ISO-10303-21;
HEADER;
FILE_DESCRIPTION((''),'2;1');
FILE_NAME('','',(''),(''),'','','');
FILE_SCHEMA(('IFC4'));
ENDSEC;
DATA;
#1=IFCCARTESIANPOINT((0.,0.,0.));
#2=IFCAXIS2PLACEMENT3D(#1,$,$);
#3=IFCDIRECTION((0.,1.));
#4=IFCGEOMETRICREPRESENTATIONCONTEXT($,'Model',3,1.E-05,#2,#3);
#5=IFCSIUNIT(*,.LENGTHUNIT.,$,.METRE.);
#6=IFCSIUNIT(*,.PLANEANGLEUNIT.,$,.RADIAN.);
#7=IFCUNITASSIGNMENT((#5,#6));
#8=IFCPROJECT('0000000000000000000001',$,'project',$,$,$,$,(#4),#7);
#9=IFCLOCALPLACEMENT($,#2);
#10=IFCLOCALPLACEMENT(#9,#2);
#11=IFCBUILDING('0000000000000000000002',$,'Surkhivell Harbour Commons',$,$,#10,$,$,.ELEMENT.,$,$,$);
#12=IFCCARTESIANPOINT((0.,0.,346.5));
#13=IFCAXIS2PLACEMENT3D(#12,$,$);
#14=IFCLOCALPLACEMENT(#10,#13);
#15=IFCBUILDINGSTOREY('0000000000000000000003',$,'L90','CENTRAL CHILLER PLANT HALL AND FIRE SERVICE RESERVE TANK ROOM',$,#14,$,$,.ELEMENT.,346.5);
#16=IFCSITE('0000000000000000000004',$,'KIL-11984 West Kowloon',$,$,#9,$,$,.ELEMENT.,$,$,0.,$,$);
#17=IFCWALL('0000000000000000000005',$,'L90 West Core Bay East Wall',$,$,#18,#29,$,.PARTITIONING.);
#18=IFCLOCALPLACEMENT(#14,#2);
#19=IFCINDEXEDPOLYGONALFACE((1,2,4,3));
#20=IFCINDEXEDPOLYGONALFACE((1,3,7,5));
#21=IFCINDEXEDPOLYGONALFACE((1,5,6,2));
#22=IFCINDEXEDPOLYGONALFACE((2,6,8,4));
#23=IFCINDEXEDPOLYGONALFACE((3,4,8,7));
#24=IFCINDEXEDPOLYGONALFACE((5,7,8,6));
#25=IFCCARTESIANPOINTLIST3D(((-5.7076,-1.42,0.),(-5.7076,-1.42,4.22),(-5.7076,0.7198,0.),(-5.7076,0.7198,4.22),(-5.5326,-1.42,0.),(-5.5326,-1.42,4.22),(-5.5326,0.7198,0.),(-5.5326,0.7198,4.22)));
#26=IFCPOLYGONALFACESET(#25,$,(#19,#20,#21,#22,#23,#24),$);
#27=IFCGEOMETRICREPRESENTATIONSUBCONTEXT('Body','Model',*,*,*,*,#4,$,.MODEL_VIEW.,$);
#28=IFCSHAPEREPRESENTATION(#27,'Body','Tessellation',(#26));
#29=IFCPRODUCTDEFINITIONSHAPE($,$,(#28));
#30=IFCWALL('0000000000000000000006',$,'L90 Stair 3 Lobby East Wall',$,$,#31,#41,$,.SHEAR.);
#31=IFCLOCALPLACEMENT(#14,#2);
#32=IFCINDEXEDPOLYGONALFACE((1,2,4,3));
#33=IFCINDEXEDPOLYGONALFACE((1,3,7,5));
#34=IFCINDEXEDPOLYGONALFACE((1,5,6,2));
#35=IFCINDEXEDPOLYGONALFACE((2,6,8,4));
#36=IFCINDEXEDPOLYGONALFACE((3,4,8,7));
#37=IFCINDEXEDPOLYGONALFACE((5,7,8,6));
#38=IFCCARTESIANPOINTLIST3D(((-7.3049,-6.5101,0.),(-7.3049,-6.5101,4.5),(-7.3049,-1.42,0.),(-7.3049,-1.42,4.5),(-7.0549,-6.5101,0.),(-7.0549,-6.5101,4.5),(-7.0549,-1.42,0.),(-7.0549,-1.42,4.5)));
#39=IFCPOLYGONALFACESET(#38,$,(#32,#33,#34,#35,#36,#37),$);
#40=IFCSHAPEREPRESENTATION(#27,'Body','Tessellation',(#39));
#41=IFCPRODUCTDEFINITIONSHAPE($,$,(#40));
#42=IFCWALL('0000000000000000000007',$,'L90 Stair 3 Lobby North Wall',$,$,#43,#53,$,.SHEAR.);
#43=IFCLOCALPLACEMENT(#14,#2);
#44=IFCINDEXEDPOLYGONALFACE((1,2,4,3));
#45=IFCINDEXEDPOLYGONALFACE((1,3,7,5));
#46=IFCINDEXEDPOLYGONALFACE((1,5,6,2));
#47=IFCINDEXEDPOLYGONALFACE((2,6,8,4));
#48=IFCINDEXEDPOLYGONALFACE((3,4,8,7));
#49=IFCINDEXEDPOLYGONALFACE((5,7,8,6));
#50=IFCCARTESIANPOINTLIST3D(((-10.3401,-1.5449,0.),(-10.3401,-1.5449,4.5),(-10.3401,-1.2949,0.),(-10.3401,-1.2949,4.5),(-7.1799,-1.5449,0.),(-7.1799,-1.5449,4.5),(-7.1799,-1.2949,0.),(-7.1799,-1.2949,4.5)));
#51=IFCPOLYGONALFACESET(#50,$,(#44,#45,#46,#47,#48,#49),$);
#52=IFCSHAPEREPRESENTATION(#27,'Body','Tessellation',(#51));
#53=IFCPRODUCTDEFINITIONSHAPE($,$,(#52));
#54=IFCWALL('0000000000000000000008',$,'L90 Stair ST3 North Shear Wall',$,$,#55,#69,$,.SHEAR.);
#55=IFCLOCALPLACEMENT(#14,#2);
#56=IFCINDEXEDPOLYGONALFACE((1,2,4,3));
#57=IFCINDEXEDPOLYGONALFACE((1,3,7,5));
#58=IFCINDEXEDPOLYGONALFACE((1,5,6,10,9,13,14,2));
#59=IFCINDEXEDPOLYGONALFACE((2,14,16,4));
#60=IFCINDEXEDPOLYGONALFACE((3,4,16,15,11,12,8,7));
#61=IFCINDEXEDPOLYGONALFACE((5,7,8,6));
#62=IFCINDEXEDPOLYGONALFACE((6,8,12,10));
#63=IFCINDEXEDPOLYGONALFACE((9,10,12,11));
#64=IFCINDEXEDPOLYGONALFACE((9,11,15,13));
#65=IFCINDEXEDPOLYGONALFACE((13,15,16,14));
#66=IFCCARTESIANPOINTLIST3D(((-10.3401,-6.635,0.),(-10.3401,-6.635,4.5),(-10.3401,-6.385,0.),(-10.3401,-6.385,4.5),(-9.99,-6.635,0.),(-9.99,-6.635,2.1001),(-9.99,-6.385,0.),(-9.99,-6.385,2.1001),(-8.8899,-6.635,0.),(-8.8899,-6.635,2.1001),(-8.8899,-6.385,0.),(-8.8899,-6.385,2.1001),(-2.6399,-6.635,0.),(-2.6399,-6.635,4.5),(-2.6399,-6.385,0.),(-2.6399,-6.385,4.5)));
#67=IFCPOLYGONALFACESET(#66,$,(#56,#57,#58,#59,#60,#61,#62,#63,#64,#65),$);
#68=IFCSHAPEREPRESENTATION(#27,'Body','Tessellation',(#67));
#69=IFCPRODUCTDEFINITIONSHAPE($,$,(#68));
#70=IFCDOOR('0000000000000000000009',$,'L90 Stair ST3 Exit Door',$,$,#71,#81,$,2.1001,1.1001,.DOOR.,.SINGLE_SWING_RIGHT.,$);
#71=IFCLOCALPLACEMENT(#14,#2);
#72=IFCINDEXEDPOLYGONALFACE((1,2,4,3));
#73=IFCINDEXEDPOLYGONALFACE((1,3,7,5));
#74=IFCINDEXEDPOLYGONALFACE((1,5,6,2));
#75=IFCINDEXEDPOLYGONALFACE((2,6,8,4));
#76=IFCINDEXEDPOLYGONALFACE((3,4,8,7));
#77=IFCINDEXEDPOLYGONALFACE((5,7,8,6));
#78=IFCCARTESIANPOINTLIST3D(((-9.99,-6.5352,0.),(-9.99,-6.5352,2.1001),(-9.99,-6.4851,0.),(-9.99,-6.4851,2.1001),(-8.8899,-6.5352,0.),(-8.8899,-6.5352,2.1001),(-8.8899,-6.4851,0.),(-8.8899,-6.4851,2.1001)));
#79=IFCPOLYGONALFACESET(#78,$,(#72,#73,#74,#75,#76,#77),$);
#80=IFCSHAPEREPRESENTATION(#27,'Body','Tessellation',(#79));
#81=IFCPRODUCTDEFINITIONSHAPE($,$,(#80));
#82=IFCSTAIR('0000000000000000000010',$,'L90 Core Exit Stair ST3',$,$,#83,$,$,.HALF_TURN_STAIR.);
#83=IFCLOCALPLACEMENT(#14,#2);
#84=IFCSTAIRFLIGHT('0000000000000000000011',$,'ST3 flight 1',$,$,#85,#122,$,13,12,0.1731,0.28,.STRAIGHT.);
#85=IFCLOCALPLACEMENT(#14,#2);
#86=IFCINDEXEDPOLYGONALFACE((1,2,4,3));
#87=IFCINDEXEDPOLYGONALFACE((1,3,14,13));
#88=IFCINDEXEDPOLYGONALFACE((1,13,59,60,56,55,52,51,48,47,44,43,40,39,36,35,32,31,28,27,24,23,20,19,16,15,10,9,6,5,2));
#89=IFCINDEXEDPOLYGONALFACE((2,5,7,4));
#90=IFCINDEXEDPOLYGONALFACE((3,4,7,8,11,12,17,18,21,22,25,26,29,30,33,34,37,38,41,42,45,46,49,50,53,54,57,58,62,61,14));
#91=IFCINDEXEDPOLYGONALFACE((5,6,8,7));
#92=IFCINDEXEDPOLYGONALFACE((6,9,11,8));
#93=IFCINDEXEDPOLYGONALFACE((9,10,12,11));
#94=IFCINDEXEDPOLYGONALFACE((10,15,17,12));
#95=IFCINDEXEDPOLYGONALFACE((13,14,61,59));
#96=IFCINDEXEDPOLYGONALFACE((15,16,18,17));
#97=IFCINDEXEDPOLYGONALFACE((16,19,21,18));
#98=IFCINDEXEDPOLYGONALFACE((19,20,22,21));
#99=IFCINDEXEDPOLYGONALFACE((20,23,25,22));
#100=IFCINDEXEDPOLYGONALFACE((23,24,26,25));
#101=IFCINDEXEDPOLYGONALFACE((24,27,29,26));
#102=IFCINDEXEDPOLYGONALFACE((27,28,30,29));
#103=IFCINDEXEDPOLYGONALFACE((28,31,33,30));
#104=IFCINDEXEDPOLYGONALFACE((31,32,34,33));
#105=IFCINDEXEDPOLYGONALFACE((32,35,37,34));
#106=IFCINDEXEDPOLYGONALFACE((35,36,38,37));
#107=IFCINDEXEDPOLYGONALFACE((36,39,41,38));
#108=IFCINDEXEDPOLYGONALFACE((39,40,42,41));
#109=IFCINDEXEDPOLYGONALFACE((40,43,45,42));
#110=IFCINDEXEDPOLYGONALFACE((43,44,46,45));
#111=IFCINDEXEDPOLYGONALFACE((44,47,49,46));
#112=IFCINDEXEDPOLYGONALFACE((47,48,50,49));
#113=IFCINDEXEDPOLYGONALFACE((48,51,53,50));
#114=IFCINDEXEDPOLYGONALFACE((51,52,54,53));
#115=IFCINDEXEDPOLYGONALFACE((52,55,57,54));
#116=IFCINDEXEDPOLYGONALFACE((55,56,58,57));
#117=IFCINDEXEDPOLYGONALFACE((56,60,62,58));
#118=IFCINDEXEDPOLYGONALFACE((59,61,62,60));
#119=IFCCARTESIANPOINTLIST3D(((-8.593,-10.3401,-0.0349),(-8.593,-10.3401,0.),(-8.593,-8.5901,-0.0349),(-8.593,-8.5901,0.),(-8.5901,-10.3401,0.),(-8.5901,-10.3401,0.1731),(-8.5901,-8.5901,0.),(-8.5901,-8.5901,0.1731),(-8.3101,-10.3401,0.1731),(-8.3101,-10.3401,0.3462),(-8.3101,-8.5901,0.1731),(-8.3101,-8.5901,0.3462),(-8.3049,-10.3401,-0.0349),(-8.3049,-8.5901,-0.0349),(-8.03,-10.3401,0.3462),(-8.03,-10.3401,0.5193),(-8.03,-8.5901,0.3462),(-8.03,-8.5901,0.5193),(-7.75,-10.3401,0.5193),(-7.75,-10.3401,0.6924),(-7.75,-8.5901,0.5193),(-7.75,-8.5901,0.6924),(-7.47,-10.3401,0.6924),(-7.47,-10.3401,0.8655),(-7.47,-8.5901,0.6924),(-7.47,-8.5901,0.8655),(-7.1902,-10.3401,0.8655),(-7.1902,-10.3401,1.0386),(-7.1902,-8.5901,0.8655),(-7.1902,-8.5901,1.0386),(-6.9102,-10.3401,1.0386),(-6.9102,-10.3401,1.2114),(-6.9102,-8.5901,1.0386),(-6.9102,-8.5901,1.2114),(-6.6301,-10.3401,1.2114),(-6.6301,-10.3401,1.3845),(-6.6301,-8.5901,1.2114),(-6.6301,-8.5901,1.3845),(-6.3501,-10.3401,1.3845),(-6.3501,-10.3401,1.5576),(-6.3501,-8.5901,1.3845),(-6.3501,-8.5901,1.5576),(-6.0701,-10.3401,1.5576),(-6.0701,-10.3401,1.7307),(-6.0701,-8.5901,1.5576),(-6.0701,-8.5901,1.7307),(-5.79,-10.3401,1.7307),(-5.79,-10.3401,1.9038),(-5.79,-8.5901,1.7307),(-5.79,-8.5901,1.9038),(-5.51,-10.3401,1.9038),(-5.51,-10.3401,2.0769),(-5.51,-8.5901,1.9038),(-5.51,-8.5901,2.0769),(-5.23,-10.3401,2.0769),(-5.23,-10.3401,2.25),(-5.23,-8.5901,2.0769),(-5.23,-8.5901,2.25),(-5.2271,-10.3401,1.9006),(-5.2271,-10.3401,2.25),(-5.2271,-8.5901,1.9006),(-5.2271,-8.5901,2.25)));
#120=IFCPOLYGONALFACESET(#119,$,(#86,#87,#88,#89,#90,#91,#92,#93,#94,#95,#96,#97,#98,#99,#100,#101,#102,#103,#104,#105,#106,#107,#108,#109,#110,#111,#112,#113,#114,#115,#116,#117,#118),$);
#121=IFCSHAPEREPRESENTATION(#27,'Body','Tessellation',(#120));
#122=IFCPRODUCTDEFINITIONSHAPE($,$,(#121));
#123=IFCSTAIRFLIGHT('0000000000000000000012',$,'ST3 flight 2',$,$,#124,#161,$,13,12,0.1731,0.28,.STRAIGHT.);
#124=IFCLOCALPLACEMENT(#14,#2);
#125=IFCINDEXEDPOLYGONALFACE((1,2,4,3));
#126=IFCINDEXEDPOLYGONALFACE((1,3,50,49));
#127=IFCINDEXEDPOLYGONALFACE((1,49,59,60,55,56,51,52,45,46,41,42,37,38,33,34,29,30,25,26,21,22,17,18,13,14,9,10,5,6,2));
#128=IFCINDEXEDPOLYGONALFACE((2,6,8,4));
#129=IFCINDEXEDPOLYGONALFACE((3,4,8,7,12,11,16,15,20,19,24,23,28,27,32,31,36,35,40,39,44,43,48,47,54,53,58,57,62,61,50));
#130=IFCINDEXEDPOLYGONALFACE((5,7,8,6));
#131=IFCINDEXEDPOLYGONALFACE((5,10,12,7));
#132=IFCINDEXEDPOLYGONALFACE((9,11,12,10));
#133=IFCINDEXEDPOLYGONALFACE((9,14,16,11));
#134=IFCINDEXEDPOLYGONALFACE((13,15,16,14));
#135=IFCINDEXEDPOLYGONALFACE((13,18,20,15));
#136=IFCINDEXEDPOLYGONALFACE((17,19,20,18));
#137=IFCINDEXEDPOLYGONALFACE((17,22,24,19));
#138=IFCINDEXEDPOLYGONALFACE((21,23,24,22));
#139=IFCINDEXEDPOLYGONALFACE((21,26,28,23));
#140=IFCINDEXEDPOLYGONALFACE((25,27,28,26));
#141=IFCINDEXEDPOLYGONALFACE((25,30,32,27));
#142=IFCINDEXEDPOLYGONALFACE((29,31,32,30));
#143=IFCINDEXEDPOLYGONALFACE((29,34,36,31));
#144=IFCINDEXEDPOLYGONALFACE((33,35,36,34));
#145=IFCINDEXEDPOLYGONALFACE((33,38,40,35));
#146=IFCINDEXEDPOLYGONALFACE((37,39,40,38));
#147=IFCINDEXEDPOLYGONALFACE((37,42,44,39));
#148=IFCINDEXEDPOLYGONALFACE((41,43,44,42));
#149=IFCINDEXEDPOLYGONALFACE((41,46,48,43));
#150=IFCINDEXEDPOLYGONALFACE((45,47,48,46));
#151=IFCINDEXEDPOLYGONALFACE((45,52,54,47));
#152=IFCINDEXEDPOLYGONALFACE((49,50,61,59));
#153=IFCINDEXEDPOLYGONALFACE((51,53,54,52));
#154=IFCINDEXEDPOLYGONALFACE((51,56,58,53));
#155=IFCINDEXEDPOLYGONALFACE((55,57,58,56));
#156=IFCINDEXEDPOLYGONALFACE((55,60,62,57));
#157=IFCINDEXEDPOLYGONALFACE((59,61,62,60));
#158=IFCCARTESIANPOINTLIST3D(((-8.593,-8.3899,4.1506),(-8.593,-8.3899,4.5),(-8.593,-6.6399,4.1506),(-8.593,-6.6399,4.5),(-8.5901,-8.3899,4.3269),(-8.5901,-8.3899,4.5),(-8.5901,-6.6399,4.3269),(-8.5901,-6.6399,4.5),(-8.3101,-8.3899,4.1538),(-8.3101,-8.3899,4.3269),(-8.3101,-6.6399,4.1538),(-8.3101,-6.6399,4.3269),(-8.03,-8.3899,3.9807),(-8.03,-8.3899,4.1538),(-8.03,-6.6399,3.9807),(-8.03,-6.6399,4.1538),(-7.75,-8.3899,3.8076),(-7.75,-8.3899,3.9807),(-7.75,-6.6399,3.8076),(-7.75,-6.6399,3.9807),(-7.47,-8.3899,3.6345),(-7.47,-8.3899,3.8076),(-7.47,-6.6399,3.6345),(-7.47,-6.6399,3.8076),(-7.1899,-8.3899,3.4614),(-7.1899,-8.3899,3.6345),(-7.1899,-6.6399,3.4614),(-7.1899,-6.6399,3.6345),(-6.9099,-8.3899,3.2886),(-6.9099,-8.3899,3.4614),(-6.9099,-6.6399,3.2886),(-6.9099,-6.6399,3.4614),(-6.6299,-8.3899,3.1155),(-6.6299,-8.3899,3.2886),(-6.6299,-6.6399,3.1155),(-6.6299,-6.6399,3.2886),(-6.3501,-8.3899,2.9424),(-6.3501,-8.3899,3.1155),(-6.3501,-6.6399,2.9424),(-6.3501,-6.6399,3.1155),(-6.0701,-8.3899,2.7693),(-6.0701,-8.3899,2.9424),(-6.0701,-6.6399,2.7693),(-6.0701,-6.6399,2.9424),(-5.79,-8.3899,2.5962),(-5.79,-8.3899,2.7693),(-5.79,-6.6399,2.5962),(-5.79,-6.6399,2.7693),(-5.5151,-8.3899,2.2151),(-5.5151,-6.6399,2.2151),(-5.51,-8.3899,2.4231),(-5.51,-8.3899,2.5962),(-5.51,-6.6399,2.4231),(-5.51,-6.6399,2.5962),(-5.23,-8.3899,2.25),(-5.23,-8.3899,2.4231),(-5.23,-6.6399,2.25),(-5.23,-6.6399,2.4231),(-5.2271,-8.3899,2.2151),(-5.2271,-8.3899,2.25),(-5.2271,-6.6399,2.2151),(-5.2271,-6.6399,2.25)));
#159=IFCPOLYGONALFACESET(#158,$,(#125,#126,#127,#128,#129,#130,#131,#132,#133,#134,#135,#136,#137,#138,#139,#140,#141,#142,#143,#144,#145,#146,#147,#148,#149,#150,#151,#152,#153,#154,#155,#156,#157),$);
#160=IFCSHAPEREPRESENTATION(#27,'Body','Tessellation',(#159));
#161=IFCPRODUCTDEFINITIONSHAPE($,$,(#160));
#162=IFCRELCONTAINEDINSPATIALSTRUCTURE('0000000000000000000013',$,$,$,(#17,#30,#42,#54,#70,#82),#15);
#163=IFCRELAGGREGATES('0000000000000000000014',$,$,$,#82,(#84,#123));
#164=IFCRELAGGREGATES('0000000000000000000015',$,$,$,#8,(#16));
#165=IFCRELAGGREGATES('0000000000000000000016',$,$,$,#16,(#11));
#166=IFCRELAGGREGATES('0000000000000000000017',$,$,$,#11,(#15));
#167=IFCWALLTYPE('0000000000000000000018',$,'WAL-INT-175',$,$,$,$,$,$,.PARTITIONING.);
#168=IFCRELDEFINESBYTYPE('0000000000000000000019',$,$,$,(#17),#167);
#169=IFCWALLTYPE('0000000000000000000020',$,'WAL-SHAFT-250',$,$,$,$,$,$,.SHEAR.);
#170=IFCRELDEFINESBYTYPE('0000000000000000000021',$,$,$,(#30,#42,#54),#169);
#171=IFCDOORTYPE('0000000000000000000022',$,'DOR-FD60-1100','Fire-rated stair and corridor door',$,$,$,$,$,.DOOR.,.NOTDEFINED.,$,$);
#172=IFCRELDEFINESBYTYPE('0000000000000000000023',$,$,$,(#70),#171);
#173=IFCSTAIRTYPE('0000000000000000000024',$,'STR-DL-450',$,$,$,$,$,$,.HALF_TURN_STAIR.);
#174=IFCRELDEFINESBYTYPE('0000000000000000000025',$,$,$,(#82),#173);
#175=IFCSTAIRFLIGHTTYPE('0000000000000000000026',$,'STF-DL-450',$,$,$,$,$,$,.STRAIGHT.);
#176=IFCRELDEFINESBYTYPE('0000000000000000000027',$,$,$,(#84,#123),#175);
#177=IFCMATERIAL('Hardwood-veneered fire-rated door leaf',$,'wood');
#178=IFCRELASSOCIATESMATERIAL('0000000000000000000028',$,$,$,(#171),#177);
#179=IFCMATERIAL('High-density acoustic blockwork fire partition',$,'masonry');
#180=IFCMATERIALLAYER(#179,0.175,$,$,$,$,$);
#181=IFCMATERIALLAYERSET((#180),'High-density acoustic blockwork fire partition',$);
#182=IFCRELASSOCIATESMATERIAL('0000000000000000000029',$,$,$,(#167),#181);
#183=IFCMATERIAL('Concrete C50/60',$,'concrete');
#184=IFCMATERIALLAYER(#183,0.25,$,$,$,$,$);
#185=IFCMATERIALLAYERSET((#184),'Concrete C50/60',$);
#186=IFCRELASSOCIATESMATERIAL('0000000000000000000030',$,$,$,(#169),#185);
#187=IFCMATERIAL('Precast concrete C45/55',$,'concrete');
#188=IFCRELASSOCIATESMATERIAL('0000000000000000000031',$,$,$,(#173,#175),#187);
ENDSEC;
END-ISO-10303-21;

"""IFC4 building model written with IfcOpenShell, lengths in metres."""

from ifc_helpers import new_model, si_unit, direction, frame, frame_2d, origin, place, context, subcontext, project, spatial, polyline, rectangle, outline, extrude, material, layer, layer_set, type_object, element, fill, aggregate, save


model = new_model("IFC4")

# Units and contexts
model_context = context("Model", 3, precision=1e-05, world=origin(), true_north=direction((0.0, 1.0)))
body_context = subcontext(model_context, "Body", "Model", "MODEL_VIEW")
ifc_project = project(units=[si_unit("LENGTHUNIT", "METRE"), si_unit("PLANEANGLEUNIT", "RADIAN")], contexts=[model_context])

# Site, building, storey
site_placement = place(None, origin())
site = spatial("IfcSite", under=ifc_project, at=site_placement, Name="KIL-11984 West Kowloon", CompositionType="ELEMENT", RefElevation=0.0)
building_placement = place(site_placement, origin())
building = spatial("IfcBuilding", under=site, at=building_placement, Name="Surkhivell Harbour Commons", CompositionType="ELEMENT")
storey_placement = place(building_placement, frame((0.0, 0.0, 346.5)))
storey = spatial("IfcBuildingStorey", under=building, at=storey_placement, Name="L90", Description="CENTRAL CHILLER PLANT HALL AND FIRE SERVICE RESERVE TANK ROOM", CompositionType="ELEMENT", Elevation=346.5)

# Shared definitions
ifc_material_1 = material(Name="Concrete C50/60", Category="concrete")

# Shared definitions
ifc_material_2 = material(Name="Hardwood-veneered fire-rated door leaf", Category="wood")
door_type_1 = type_object("IfcDoorType", Name="DOR-FD60-1100", Description="Fire-rated stair and corridor door", OperationType="NOTDEFINED", PredefinedType="DOOR", material=ifc_material_2)
ifc_material_3 = material(Name="High-density acoustic blockwork fire partition", Category="masonry")
ifc_layer_1 = layer(ifc_material_3, 0.175)
ifc_layer_set_1 = layer_set([ifc_layer_1], Name="High-density acoustic blockwork fire partition")
wall_type_1 = type_object("IfcWallType", Name="WAL-INT-175", PredefinedType="PARTITIONING", material=ifc_layer_set_1)

# Walls
wall_1_placement = place(storey_placement, frame((-5.6201, -1.4199, 0.0), z_axis=(0.0, 0.0, 1.0), x_axis=(0.0, 1.0, 0.0)))
element("IfcWall", 1, at=wall_1_placement, inside=storey, type_object=wall_type_1, Name="L90 West Core Bay East Wall", PredefinedType="PARTITIONING", context=body_context, shape_type="SweptSolid", body=[
    extrude(rectangle(XDim=2.1399, YDim=0.175, at=frame_2d((1.0698, 0.0))), origin(), (0.0, 0.0, 1.0), 4.22),
])
ifc_layer_2 = layer(ifc_material_1, 0.25)
ifc_layer_set_2 = layer_set([ifc_layer_2], Name="Concrete C50/60")
wall_type_2 = type_object("IfcWallType", Name="WAL-SHAFT-250", PredefinedType="SHEAR", material=ifc_layer_set_2)
wall_2_placement = place(storey_placement, frame((-7.1799, -6.51, 0.0), z_axis=(0.0, 0.0, 1.0), x_axis=(0.0, 1.0, 0.0)))
element("IfcWall", 2, at=wall_2_placement, inside=storey, type_object=wall_type_2, Name="L90 Stair 3 Lobby East Wall", PredefinedType="SHEAR", context=body_context, shape_type="SweptSolid", body=[
    extrude(rectangle(XDim=5.0901, YDim=0.25, at=frame_2d((2.5449, 0.0))), origin(), (0.0, 0.0, 1.0), 4.5),
])
wall_3_placement = place(storey_placement, frame((-10.3401, -1.4199, 0.0), z_axis=(0.0, 0.0, 1.0), x_axis=(1.0, 0.0, 0.0)))
element("IfcWall", 3, at=wall_3_placement, inside=storey, type_object=wall_type_2, Name="L90 Stair 3 Lobby North Wall", PredefinedType="SHEAR", context=body_context, shape_type="SweptSolid", body=[
    extrude(rectangle(XDim=3.1602, YDim=0.25, at=frame_2d((1.5801, 0.0))), origin(), (0.0, 0.0, 1.0), 4.5),
])

# Wall, opening, door
wall_4_placement = place(storey_placement, frame((-10.3401, -6.51, 0.0), z_axis=(0.0, 0.0, 1.0), x_axis=(1.0, 0.0, 0.0)))
wall_4 = element("IfcWall", 4, at=wall_4_placement, inside=storey, type_object=wall_type_2, Name="L90 Stair ST3 North Shear Wall", PredefinedType="SHEAR", context=body_context, shape_type="SweptSolid", body=[
    extrude(rectangle(XDim=7.7002, YDim=0.25, at=frame_2d((3.8501, 0.0))), origin(), (0.0, 0.0, 1.0), 4.5),
])
opening_1_placement = place(wall_4_placement, frame((0.3501, 0.0, 0.0)))
opening_1 = element("IfcOpeningElement", 5, at=opening_1_placement, cuts=wall_4, PredefinedType="OPENING", context=body_context, shape_type="SweptSolid", body=[
    extrude(rectangle(XDim=1.1001, YDim=2.1001, at=frame_2d((0.55, 1.05))), frame((0.0, 0.135, 0.0), z_axis=(0.0, -1.0, 0.0), x_axis=(1.0, 0.0, 0.0)), (0.0, 0.0, 1.0), 0.27),
])
door_1_placement = place(opening_1_placement, origin())
door_1 = element("IfcDoor", 6, at=door_1_placement, inside=storey, type_object=door_type_1, Name="L90 Stair ST3 Exit Door", OperationType="SINGLE_SWING_RIGHT", OverallHeight=2.1001, OverallWidth=1.1001, PredefinedType="DOOR", context=body_context, shape_type="SweptSolid", body=[
    extrude(rectangle(XDim=1.1001, YDim=2.1001, at=frame_2d((0.55, 1.05))), frame((0.0, 0.0249, 0.0), z_axis=(0.0, -1.0, 0.0), x_axis=(1.0, 0.0, 0.0)), (0.0, 0.0, 1.0), 0.05),
])
fill(opening_1, door_1)

# Stair, stair flights
ifc_material_4 = material(Name="Precast concrete C45/55", Category="concrete")
stair_type = type_object("IfcStairType", Name="STR-DL-450", PredefinedType="HALF_TURN_STAIR", material=ifc_material_4)
stair_placement = place(storey_placement, origin())
stair = element("IfcStair", 7, at=stair_placement, inside=storey, type_object=stair_type, Name="L90 Core Exit Stair ST3", PredefinedType="HALF_TURN_STAIR")
stair_flight_type = type_object("IfcStairFlightType", Name="STF-DL-450", PredefinedType="STRAIGHT", material=ifc_material_4)
stair_flight_1_placement = place(storey_placement, frame((-8.5901, -9.4651, 0.0), z_axis=(0.0, 0.0, 1.0), x_axis=(1.0, 0.0, 0.0)))
stair_flight_1 = element("IfcStairFlight", 8, at=stair_flight_1_placement, type_object=stair_flight_type, Name="ST3 flight 1", NumberOfRisers=13, NumberOfTreads=12, PredefinedType="STRAIGHT", RiserHeight=0.1731, TreadLength=0.28, context=body_context, shape_type="SweptSolid", body=[
    extrude(outline(polyline([(-0.0029, -0.0349), (-0.0029, 0.0), (0.0, 0.0), (0.0, 0.1731), (0.28, 0.1731), (0.28, 0.3462), (0.5601, 0.3462), (0.5601, 0.5193), (0.8401, 0.5193), (0.8401, 0.6924), (1.1201, 0.6924), (1.1201, 0.8655), (1.3999, 0.8655), (1.3999, 1.0386), (1.6799, 1.0386), (1.6799, 1.2114), (1.96, 1.2114), (1.96, 1.3845), (2.24, 1.3845), (2.24, 1.5576), (2.52, 1.5576), (2.52, 1.7307), (2.8, 1.7307), (2.8, 1.9038), (3.0801, 1.9038), (3.0801, 2.0769), (3.3601, 2.0769), (3.3601, 2.25), (3.363, 2.25), (3.363, 1.9006), (0.2852, -0.0349), (-0.0029, -0.0349)])), frame((0.0, 0.875, 0.0), z_axis=(0.0, -1.0, 0.0), x_axis=(1.0, 0.0, 0.0)), (0.0, 0.0, 1.0), 1.75),
])
stair_flight_2_placement = place(storey_placement, frame((-5.23, -7.5149, 2.25), z_axis=(0.0, 0.0, 1.0), x_axis=(-1.0, 0.0, 0.0)))
stair_flight_2 = element("IfcStairFlight", 9, at=stair_flight_2_placement, type_object=stair_flight_type, Name="ST3 flight 2", NumberOfRisers=13, NumberOfTreads=12, PredefinedType="STRAIGHT", RiserHeight=0.1731, TreadLength=0.28, context=body_context, shape_type="SweptSolid", body=[
    extrude(outline(polyline([(-0.0029, -0.0349), (-0.0029, 0.0), (0.0, 0.0), (0.0, 0.1731), (0.28, 0.1731), (0.28, 0.3462), (0.5601, 0.3462), (0.5601, 0.5193), (0.8401, 0.5193), (0.8401, 0.6924), (1.1201, 0.6924), (1.1201, 0.8655), (1.3999, 0.8655), (1.3999, 1.0386), (1.6799, 1.0386), (1.6799, 1.2114), (1.96, 1.2114), (1.96, 1.3845), (2.24, 1.3845), (2.24, 1.5576), (2.52, 1.5576), (2.52, 1.7307), (2.8, 1.7307), (2.8, 1.9038), (3.0801, 1.9038), (3.0801, 2.0769), (3.3601, 2.0769), (3.3601, 2.25), (3.363, 2.25), (3.363, 1.9006), (0.2852, -0.0349), (-0.0029, -0.0349)])), frame((0.0, 0.875, 0.0), z_axis=(0.0, -1.0, 0.0), x_axis=(1.0, 0.0, 0.0)), (0.0, 0.0, 1.0), 1.75),
])
aggregate(stair, [stair_flight_1, stair_flight_2])

save(model, "model.ifc")
